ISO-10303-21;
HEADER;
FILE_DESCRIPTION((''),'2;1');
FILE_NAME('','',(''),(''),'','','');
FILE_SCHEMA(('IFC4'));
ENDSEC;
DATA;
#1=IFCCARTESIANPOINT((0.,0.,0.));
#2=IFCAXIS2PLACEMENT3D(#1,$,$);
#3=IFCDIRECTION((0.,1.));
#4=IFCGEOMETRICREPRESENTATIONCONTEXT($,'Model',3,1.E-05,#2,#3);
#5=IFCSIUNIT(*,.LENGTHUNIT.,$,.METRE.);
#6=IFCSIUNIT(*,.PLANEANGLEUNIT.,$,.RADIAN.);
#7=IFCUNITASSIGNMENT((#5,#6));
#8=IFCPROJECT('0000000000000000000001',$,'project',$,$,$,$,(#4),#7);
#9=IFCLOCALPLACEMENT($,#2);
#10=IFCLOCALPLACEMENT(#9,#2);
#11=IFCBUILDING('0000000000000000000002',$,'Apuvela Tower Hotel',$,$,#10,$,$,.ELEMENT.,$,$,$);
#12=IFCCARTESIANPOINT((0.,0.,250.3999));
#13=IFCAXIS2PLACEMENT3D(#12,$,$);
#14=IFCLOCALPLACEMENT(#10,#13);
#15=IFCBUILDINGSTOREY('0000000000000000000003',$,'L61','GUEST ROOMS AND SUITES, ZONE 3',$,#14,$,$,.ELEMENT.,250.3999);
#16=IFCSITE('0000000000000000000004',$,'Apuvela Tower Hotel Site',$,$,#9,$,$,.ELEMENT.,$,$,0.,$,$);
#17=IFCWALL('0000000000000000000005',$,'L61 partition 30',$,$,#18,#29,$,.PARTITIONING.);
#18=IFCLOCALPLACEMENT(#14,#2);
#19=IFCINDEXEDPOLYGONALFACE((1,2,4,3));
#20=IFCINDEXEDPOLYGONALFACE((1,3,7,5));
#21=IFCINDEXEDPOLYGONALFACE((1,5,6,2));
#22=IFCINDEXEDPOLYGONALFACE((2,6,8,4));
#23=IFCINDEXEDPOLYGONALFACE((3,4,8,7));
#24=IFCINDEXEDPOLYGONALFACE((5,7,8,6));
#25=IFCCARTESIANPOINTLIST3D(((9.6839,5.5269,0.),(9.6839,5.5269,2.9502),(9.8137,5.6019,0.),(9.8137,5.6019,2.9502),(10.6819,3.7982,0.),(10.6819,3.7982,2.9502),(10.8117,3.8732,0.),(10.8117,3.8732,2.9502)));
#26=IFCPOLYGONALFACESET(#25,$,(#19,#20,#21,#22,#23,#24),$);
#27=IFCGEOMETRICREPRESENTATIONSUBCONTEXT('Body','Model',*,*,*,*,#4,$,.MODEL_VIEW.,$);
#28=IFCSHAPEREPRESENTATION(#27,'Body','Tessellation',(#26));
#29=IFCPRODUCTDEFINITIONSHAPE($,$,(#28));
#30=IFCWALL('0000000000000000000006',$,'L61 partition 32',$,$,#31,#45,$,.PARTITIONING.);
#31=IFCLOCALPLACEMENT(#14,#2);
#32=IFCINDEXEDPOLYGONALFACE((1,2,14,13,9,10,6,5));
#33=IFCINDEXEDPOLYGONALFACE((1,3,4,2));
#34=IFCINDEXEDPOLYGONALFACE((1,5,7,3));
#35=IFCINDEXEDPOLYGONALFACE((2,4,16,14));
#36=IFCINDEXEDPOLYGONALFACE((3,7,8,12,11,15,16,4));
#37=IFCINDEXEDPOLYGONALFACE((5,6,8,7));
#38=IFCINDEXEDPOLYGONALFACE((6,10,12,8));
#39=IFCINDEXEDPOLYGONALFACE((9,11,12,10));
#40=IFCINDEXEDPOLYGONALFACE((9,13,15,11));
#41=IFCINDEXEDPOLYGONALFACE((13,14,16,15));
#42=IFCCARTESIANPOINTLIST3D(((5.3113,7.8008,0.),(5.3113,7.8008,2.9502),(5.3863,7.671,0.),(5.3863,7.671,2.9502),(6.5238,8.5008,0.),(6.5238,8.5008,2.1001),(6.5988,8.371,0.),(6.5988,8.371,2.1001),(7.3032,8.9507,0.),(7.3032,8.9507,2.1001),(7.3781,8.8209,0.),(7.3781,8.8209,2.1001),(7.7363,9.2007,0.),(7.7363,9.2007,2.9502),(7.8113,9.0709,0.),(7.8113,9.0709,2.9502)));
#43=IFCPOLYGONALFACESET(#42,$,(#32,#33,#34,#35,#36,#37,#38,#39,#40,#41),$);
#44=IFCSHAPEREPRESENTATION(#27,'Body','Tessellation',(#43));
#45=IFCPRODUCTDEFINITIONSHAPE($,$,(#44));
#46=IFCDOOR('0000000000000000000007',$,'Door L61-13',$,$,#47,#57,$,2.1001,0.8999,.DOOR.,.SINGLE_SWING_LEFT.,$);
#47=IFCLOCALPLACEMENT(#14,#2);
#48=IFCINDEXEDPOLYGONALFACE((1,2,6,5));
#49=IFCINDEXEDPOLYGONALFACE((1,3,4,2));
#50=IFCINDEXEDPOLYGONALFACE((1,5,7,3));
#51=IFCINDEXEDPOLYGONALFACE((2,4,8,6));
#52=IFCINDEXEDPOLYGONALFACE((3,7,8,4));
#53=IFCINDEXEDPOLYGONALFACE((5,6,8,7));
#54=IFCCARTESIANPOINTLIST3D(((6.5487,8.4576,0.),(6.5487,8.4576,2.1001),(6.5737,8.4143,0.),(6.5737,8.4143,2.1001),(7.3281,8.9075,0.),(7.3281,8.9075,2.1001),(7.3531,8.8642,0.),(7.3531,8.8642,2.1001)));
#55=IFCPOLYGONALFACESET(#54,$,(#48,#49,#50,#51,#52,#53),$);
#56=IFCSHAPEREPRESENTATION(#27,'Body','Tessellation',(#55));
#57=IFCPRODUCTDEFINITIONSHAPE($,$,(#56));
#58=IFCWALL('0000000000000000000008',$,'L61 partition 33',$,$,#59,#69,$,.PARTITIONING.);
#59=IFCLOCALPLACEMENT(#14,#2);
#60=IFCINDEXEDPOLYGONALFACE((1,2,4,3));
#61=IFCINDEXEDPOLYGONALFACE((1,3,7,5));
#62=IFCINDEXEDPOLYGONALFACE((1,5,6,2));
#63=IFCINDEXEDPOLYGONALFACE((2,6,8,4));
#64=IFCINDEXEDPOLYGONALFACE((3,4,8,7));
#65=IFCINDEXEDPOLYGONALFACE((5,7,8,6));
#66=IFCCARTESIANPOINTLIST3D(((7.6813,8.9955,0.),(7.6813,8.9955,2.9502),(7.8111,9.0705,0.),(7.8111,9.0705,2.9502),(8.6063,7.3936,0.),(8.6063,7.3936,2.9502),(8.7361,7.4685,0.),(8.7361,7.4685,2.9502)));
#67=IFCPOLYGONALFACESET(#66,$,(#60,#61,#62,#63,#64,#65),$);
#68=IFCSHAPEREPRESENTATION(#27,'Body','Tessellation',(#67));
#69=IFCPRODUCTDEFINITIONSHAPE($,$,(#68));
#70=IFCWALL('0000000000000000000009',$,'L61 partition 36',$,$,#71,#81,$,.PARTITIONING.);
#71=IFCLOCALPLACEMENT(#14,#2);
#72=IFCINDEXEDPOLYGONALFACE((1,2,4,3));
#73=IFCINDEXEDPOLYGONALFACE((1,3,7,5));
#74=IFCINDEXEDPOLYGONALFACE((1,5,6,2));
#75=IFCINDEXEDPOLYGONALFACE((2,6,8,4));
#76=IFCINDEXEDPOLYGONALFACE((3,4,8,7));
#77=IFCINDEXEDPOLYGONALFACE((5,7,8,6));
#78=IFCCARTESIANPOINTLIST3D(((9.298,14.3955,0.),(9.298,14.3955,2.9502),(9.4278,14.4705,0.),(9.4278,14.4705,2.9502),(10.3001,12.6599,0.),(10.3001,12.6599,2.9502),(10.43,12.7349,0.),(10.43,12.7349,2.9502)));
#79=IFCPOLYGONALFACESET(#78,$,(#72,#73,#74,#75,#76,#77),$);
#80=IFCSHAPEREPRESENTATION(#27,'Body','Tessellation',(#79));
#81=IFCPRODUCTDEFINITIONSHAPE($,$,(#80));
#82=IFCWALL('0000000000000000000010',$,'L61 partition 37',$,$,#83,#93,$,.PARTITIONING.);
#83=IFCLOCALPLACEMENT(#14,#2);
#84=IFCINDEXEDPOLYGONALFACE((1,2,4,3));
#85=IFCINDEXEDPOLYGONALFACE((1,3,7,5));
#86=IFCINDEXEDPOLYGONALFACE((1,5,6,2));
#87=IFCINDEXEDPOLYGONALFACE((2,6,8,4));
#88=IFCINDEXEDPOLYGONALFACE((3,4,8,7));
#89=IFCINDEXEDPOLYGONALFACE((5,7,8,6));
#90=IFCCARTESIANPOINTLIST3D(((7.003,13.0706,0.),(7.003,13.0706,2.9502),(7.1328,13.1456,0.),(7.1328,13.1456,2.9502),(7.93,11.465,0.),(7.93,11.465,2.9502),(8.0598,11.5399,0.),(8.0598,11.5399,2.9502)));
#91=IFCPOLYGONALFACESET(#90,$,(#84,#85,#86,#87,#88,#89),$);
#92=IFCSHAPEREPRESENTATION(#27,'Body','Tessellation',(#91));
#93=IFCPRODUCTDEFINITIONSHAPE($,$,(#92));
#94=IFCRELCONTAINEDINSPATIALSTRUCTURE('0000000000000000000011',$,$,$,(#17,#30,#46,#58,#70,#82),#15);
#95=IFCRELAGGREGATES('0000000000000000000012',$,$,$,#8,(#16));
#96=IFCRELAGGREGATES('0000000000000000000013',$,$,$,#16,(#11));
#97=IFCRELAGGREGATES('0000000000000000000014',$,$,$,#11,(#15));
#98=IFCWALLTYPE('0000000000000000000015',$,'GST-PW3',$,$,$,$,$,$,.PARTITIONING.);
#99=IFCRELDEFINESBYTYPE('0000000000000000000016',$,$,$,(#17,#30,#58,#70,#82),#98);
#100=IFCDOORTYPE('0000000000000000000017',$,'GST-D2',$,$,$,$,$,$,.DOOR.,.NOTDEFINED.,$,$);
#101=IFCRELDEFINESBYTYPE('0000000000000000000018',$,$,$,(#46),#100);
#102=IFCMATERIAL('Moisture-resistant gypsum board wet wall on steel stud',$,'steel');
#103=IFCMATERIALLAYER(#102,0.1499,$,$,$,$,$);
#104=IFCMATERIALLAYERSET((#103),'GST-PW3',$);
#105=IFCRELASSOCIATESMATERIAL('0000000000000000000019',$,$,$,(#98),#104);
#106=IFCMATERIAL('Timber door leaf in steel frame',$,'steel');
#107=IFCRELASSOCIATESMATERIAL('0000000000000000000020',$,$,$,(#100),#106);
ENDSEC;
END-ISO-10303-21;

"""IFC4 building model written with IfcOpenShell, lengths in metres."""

from ifc_helpers import new_model, si_unit, direction, frame, frame_2d, origin, place, context, subcontext, project, spatial, rectangle, extrude, material, layer, layer_set, type_object, element, fill, save


model = new_model("IFC4")

# Units and contexts
model_context = context("Model", 3, precision=1e-05, world=origin(), true_north=direction((0.0, 1.0)))
body_context = subcontext(model_context, "Body", "Model", "MODEL_VIEW")
ifc_project = project(units=[si_unit("LENGTHUNIT", "METRE"), si_unit("PLANEANGLEUNIT", "RADIAN")], contexts=[model_context])

# Site, building, storey
site_placement = place(None, origin())
site = spatial("IfcSite", under=ifc_project, at=site_placement, Name="Apuvela Tower Hotel Site", CompositionType="ELEMENT", RefElevation=0.0)
building_placement = place(site_placement, origin())
building = spatial("IfcBuilding", under=site, at=building_placement, Name="Apuvela Tower Hotel", CompositionType="ELEMENT")
storey_placement = place(building_placement, frame((0.0, 0.0, 250.3999)))
storey = spatial("IfcBuildingStorey", under=building, at=storey_placement, Name="L61", Description="GUEST ROOMS AND SUITES, ZONE 3", CompositionType="ELEMENT", Elevation=250.3999)

# Shared definitions
ifc_material_1 = material(Name="Timber door leaf in steel frame", Category="steel")
ifc_material_2 = material(Name="Moisture-resistant gypsum board wet wall on steel stud", Category="steel")
ifc_layer_1 = layer(ifc_material_2, 0.1499)
ifc_layer_set_1 = layer_set([ifc_layer_1], Name="GST-PW3")
wall_type_1 = type_object("IfcWallType", Name="GST-PW3", PredefinedType="PARTITIONING", material=ifc_layer_set_1)
door_type_1 = type_object("IfcDoorType", Name="GST-D2", OperationType="NOTDEFINED", PredefinedType="DOOR", material=ifc_material_1)

# Wall
wall_1_placement = place(storey_placement, frame((10.7468, 3.8357, 0.0), z_axis=(0.0, 0.0, 1.0), x_axis=(-0.49998, 0.866037, 0.0)))
element("IfcWall", 1, at=wall_1_placement, inside=storey, type_object=wall_type_1, Name="L61 partition 30", PredefinedType="PARTITIONING", context=body_context, shape_type="SweptSolid", body=[
    extrude(rectangle(XDim=1.9961, YDim=0.1499, at=frame_2d((0.998, 0.0))), origin(), (0.0, 0.0, 1.0), 2.9502),
])

# Wall, opening, door
wall_2_placement = place(storey_placement, frame((7.7737, 9.1357, 0.0), z_axis=(0.0, 0.0, 1.0), x_axis=(-0.866056, -0.499946, 0.0)))
wall_2 = element("IfcWall", 2, at=wall_2_placement, inside=storey, type_object=wall_type_1, Name="L61 partition 32", PredefinedType="PARTITIONING", context=body_context, shape_type="SweptSolid", body=[
    extrude(rectangle(XDim=2.8, YDim=0.1499, at=frame_2d((1.3999, 0.0))), origin(), (0.0, 0.0, 1.0), 2.9502),
])
opening_1_placement = place(wall_2_placement, frame((0.5, 0.0, 0.0)))
opening_1 = element("IfcOpeningElement", 3, at=opening_1_placement, cuts=wall_2, PredefinedType="OPENING", context=body_context, shape_type="SweptSolid", body=[
    extrude(rectangle(XDim=0.8999, YDim=2.1001, at=frame_2d((0.45, 1.05))), frame((0.0, 0.085, 0.0), z_axis=(0.0, -1.0, 0.0), x_axis=(1.0, 0.0, 0.0)), (0.0, 0.0, 1.0), 0.1699),
])
door_1_placement = place(opening_1_placement, origin())
door_1 = element("IfcDoor", 4, at=door_1_placement, inside=storey, type_object=door_type_1, Name="Door L61-13", OperationType="SINGLE_SWING_LEFT", OverallHeight=2.1001, OverallWidth=0.8999, PredefinedType="DOOR", context=body_context, shape_type="SweptSolid", body=[
    extrude(rectangle(XDim=0.8999, YDim=2.1001, at=frame_2d((0.45, 1.05))), frame((0.0, 0.0249, 0.0), z_axis=(0.0, -1.0, 0.0), x_axis=(1.0, 0.0, 0.0)), (0.0, 0.0, 1.0), 0.05),
])
fill(opening_1, door_1)

# Walls
wall_3_placement = place(storey_placement, frame((8.6711, 7.4312, 0.0), z_axis=(0.0, 0.0, 1.0), x_axis=(-0.500042, 0.866001, 0.0)))
element("IfcWall", 5, at=wall_3_placement, inside=storey, type_object=wall_type_1, Name="L61 partition 33", PredefinedType="PARTITIONING", context=body_context, shape_type="SweptSolid", body=[
    extrude(rectangle(XDim=1.8499, YDim=0.1499, at=frame_2d((0.9248, 0.0))), origin(), (0.0, 0.0, 1.0), 2.9502),
])
wall_4_placement = place(storey_placement, frame((10.365, 12.6975, 0.0), z_axis=(0.0, 0.0, 1.0), x_axis=(-0.500056, 0.865993, 0.0)))
element("IfcWall", 6, at=wall_4_placement, inside=storey, type_object=wall_type_1, Name="L61 partition 36", PredefinedType="PARTITIONING", context=body_context, shape_type="SweptSolid", body=[
    extrude(rectangle(XDim=2.0042, YDim=0.1499, at=frame_2d((1.002, 0.0))), origin(), (0.0, 0.0, 1.0), 2.9502),
])
wall_5_placement = place(storey_placement, frame((7.9949, 11.5024, 0.0), z_axis=(0.0, 0.0, 1.0), x_axis=(-0.499977, 0.866039, 0.0)))
element("IfcWall", 7, at=wall_5_placement, inside=storey, type_object=wall_type_1, Name="L61 partition 37", PredefinedType="PARTITIONING", context=body_context, shape_type="SweptSolid", body=[
    extrude(rectangle(XDim=1.854, YDim=0.1499, at=frame_2d((0.927, 0.0))), origin(), (0.0, 0.0, 1.0), 2.9502),
])

save(model, "model.ifc")
